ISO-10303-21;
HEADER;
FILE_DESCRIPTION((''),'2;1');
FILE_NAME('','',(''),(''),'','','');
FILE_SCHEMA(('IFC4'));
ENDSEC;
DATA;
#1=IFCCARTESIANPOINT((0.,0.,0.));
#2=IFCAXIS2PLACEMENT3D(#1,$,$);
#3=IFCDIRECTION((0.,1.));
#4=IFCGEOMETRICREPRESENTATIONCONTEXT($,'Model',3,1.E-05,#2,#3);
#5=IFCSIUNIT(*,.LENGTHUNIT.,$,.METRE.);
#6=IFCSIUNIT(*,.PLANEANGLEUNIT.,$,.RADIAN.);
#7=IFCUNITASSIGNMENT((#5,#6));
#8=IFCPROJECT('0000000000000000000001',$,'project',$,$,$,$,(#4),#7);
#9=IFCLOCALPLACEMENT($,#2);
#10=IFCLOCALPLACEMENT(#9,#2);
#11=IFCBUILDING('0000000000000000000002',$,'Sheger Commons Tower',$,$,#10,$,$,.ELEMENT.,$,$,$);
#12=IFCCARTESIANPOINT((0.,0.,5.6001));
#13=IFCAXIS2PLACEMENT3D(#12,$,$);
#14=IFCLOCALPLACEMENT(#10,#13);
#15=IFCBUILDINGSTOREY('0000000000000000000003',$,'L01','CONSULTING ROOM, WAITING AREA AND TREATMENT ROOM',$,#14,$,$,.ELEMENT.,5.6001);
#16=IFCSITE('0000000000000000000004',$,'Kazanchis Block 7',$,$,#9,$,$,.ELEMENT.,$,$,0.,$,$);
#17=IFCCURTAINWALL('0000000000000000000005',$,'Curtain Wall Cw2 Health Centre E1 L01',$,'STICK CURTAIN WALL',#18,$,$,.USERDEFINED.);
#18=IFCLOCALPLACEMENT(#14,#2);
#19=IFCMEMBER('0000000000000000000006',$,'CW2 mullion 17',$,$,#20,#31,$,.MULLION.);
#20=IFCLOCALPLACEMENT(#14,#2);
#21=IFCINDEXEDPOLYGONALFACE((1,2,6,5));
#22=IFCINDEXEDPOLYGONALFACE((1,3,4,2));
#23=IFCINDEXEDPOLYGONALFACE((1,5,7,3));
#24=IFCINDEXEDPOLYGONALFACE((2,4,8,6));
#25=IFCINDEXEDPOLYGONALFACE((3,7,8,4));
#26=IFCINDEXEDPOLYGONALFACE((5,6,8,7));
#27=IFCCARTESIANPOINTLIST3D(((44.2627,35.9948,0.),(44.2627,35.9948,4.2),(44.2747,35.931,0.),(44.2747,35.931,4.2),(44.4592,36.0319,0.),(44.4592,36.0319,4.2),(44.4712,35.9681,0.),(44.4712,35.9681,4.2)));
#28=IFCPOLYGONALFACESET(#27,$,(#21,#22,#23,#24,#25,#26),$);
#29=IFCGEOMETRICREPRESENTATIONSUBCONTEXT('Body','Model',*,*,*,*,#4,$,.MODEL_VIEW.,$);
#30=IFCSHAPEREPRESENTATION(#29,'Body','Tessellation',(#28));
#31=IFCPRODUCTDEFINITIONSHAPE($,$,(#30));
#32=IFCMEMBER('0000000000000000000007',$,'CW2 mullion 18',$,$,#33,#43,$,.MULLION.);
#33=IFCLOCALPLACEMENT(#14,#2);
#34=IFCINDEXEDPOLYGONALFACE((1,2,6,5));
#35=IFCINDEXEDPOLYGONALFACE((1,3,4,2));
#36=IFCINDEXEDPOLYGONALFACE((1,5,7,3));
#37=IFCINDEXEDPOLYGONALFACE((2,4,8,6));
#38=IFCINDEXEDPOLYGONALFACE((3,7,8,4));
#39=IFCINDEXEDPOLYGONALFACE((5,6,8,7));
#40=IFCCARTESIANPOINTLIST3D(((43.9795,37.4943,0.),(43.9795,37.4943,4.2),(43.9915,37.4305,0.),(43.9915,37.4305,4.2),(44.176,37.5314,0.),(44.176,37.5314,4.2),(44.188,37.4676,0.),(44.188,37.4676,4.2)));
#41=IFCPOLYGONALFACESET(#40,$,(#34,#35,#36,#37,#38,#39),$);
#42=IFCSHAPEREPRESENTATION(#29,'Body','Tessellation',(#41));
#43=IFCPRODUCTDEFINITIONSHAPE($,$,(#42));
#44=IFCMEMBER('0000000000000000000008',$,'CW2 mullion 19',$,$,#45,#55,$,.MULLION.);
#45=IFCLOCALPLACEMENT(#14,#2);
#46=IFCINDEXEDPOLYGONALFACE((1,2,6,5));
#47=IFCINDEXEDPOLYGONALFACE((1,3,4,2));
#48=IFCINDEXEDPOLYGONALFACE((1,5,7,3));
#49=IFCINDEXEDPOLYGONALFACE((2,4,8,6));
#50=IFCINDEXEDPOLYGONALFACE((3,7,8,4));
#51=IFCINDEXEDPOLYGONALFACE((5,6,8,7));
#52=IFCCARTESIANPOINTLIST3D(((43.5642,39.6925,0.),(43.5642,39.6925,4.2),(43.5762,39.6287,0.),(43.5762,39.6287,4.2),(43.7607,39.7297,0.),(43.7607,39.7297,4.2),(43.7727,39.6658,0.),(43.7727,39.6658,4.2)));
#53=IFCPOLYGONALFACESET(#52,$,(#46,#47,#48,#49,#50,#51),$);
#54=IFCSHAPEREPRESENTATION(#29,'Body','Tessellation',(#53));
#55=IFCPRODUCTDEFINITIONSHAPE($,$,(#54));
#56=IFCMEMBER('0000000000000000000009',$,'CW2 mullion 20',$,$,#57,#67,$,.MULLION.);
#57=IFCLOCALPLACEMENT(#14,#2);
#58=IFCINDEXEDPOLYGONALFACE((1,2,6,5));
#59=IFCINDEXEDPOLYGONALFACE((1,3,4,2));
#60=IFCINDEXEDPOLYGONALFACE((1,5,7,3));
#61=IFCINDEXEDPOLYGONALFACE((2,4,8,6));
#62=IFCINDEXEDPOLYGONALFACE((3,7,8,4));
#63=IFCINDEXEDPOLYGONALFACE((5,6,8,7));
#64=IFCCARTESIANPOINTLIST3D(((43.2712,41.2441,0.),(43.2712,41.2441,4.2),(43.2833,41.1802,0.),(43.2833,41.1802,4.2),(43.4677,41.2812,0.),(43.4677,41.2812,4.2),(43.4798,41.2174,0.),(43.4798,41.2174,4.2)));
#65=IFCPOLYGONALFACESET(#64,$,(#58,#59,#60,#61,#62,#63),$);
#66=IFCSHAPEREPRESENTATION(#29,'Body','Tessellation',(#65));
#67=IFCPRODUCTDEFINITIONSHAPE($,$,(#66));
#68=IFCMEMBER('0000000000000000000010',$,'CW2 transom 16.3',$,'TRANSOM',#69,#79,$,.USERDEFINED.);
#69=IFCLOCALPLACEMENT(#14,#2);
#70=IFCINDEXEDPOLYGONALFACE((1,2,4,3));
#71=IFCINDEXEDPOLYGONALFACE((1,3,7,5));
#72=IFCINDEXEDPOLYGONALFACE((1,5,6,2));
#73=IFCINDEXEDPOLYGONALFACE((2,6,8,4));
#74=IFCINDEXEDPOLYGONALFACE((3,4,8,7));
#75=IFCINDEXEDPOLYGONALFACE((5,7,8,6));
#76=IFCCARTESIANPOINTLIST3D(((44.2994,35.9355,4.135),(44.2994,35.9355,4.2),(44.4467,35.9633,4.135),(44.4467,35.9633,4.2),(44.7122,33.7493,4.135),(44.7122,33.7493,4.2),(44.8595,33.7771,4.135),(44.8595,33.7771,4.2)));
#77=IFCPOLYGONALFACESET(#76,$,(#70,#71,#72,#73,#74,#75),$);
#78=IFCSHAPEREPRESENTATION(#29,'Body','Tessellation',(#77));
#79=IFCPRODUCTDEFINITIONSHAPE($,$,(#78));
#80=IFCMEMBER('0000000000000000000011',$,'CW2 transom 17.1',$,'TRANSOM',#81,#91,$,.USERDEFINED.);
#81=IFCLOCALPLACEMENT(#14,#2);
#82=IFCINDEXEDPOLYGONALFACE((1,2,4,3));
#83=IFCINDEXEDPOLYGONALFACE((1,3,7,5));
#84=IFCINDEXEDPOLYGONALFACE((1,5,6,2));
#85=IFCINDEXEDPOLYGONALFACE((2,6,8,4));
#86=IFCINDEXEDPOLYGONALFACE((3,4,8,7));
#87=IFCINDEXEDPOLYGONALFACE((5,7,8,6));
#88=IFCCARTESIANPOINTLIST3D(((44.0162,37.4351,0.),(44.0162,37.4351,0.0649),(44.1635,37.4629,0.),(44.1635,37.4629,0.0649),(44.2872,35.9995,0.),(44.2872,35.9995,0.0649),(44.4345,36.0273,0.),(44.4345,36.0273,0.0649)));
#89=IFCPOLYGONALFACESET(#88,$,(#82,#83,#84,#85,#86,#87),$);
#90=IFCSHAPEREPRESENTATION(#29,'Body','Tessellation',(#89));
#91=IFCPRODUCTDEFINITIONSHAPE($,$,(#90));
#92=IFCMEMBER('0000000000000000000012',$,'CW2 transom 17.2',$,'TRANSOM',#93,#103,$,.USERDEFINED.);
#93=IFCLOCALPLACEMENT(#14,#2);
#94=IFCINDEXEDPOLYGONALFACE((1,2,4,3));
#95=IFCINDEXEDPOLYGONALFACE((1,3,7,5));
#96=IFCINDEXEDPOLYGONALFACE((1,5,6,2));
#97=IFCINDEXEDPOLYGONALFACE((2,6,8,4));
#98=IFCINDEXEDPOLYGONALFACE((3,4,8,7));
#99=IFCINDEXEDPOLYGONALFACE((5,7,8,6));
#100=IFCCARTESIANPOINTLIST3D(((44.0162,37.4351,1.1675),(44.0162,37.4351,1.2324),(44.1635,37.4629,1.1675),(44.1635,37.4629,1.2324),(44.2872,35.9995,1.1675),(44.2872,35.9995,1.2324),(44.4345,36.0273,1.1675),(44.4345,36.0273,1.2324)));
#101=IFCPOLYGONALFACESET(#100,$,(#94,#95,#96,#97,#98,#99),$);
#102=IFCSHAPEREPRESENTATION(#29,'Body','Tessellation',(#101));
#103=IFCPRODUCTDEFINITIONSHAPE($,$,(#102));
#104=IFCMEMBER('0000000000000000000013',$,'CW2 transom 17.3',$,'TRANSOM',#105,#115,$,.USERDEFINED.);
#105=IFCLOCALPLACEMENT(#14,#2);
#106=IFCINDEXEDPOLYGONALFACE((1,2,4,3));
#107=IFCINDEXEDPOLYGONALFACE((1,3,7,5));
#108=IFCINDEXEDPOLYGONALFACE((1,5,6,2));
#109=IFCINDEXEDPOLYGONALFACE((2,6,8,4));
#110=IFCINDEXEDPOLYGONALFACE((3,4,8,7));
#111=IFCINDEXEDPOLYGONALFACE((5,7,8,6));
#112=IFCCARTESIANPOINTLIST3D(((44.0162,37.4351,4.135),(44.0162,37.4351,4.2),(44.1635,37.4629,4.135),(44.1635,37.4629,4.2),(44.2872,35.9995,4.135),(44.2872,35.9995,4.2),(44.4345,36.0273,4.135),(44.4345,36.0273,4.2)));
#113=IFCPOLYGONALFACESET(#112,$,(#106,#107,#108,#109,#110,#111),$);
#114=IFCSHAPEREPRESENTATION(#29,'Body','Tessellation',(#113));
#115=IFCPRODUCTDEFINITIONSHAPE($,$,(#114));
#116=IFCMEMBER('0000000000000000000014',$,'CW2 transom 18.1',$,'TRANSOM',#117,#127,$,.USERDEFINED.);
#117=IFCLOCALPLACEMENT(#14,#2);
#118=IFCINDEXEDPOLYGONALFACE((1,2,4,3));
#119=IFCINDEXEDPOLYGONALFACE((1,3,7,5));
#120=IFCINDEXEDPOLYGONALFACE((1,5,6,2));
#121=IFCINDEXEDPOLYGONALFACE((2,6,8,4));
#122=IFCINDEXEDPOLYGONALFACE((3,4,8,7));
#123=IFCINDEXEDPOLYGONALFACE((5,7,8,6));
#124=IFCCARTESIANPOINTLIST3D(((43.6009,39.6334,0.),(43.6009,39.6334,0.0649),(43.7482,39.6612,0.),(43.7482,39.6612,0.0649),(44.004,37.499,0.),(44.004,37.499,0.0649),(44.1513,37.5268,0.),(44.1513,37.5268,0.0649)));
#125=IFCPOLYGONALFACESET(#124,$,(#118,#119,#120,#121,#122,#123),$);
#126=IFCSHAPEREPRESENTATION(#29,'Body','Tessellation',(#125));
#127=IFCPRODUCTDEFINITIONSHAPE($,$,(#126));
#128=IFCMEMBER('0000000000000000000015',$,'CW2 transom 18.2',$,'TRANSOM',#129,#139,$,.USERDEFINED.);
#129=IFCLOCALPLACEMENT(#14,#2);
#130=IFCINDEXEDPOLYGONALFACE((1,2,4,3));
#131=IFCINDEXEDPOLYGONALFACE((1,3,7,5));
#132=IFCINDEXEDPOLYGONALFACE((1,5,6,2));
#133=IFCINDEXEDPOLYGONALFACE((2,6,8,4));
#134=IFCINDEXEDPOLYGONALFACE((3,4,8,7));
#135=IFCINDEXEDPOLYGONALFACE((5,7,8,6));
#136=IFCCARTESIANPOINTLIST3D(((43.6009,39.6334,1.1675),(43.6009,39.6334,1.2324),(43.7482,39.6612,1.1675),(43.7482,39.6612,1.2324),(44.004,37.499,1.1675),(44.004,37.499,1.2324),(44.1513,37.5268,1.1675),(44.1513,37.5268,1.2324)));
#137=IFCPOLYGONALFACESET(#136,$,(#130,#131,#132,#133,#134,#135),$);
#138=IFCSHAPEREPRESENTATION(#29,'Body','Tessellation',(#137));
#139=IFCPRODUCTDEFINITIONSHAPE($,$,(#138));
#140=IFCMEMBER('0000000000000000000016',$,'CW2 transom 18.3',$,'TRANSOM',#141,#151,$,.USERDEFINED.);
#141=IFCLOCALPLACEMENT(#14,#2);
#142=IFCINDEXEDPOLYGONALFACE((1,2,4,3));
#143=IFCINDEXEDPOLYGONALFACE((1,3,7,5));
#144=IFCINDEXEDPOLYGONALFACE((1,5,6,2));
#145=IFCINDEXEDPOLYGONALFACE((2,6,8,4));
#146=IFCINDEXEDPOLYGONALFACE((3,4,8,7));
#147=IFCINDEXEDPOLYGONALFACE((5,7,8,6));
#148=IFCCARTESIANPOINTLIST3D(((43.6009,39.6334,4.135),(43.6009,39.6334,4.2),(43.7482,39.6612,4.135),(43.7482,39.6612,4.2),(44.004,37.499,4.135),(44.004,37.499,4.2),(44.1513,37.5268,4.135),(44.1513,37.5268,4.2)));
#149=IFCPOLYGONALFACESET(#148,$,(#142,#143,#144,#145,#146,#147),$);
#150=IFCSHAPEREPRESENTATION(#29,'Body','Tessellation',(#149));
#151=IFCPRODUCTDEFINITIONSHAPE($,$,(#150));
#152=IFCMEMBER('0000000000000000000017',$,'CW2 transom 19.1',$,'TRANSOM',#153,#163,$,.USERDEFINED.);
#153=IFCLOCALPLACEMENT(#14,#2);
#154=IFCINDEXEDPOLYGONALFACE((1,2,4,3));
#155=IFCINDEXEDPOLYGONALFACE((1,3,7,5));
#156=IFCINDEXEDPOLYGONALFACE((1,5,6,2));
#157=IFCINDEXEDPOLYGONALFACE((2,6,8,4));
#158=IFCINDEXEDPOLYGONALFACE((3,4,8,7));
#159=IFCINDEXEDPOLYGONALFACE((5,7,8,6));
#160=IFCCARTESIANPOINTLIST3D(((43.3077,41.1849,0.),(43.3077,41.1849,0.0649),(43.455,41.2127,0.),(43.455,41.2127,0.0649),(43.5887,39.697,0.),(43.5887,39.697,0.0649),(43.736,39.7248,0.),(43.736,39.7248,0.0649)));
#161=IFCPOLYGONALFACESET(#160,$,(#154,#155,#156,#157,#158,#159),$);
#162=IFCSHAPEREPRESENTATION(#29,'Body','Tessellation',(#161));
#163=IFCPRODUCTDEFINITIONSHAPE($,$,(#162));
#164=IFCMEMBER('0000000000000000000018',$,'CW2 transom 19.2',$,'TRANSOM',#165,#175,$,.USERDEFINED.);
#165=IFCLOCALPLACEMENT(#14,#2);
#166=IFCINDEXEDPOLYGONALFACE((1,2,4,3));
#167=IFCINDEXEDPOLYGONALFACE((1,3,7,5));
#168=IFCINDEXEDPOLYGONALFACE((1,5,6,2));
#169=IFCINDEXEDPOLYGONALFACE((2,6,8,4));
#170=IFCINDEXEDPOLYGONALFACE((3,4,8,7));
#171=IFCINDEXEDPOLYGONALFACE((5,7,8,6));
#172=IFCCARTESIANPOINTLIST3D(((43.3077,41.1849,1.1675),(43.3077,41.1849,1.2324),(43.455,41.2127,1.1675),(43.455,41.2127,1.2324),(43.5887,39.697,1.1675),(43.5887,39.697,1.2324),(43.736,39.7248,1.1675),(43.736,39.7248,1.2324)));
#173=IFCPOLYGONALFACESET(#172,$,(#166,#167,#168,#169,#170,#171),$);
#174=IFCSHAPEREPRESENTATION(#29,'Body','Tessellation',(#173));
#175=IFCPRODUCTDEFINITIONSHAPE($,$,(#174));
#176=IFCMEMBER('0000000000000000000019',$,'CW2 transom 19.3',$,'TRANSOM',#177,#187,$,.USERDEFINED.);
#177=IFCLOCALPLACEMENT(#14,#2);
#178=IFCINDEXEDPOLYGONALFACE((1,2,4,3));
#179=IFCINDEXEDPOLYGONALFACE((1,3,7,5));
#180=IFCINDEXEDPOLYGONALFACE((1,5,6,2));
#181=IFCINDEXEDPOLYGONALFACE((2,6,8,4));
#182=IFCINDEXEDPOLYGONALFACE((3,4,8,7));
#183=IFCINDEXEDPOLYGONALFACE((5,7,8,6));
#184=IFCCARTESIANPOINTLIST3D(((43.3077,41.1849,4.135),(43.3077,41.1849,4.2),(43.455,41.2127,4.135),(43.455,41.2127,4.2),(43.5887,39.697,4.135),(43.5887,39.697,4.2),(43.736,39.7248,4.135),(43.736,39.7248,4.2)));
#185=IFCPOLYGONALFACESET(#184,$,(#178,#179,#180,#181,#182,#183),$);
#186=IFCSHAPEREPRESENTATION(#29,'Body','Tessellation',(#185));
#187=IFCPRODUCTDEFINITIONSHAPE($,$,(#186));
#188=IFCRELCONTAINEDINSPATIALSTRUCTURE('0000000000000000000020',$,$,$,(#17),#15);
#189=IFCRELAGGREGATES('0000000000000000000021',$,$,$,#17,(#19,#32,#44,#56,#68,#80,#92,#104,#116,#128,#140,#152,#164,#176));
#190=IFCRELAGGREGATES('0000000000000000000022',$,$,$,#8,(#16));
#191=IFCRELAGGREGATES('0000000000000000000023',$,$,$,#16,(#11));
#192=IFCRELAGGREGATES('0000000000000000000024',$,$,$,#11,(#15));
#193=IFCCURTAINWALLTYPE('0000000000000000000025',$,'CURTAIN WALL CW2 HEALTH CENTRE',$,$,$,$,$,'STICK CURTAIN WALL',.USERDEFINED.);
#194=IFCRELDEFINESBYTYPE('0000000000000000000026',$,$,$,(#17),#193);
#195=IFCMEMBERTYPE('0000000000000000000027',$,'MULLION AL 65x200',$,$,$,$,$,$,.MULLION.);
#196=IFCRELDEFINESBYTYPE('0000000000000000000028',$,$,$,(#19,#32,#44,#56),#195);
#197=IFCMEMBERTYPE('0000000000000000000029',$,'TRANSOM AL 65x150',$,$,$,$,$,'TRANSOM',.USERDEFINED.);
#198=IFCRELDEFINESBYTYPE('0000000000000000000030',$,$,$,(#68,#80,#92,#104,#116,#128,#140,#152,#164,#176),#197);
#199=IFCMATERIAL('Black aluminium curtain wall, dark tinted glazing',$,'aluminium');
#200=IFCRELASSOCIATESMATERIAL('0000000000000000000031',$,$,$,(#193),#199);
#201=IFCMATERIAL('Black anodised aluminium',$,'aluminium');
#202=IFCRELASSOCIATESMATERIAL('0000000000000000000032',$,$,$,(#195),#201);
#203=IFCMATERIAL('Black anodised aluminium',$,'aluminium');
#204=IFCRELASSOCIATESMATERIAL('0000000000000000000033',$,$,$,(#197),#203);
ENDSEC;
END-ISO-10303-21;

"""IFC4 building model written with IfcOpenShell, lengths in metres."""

from ifc_helpers import new_model, si_unit, direction, frame, origin, origin_2d, place, context, subcontext, project, spatial, rectangle, extrude, material, material_profile, profile_set, type_object, element, aggregate, save


model = new_model("IFC4")

# Units and contexts
model_context = context("Model", 3, precision=1e-05, world=origin(), true_north=direction((0.0, 1.0)))
body_context = subcontext(model_context, "Body", "Model", "MODEL_VIEW")
ifc_project = project(units=[si_unit("LENGTHUNIT", "METRE"), si_unit("PLANEANGLEUNIT", "RADIAN")], contexts=[model_context])

# Site, building, storey
site_placement = place(None, origin())
site = spatial("IfcSite", under=ifc_project, at=site_placement, Name="Kazanchis Block 7", CompositionType="ELEMENT", RefElevation=0.0)
building_placement = place(site_placement, origin())
building = spatial("IfcBuilding", under=site, at=building_placement, Name="Sheger Commons Tower", CompositionType="ELEMENT")
storey_placement = place(building_placement, frame((0.0, 0.0, 5.6001)))
storey = spatial("IfcBuildingStorey", under=building, at=storey_placement, Name="L01", Description="CONSULTING ROOM, WAITING AREA AND TREATMENT ROOM", CompositionType="ELEMENT", Elevation=5.6001)

# Curtain wall, members
ifc_material_1 = material(Name="Black aluminium curtain wall, dark tinted glazing", Category="aluminium")
curtain_wall_type = type_object("IfcCurtainWallType", Name="CURTAIN WALL CW2 HEALTH CENTRE", ElementType="STICK CURTAIN WALL", PredefinedType="USERDEFINED", material=ifc_material_1)
curtain_wall_placement = place(storey_placement, origin())
curtain_wall = element("IfcCurtainWall", 1, at=curtain_wall_placement, inside=storey, type_object=curtain_wall_type, Name="Curtain Wall Cw2 Health Centre E1 L01", ObjectType="STICK CURTAIN WALL", PredefinedType="USERDEFINED")
ifc_material_2 = material(Name="Black anodised aluminium", Category="aluminium")
ifc_material_profile_1 = material_profile(ifc_material_2, rectangle(XDim=0.2, YDim=0.0649, at=origin_2d()), Name="AL 65x200")
ifc_profile_set_1 = profile_set([ifc_material_profile_1], Name="Black anodised aluminium")
member_type_1 = type_object("IfcMemberType", Name="MULLION AL 65x200", PredefinedType="MULLION", material=ifc_profile_set_1)
member_1_placement = place(storey_placement, frame((44.3669, 35.9814, 0.0), z_axis=(0.0, 0.0, 1.0), x_axis=(-0.982624, -0.18561, 0.0)))
member_1 = element("IfcMember", 2, at=member_1_placement, type_object=member_type_1, Name="CW2 mullion 17", PredefinedType="MULLION", context=body_context, shape_type="SweptSolid", body=[
    extrude(rectangle(XDim=0.2, YDim=0.0649, at=origin_2d()), origin(), (0.0, 0.0, 1.0), 4.2),
])
member_2_placement = place(storey_placement, frame((44.0837, 37.481, 0.0), z_axis=(0.0, 0.0, 1.0), x_axis=(-0.982624, -0.18561, 0.0)))
member_2 = element("IfcMember", 3, at=member_2_placement, type_object=member_type_1, Name="CW2 mullion 18", PredefinedType="MULLION", context=body_context, shape_type="SweptSolid", body=[
    extrude(rectangle(XDim=0.2, YDim=0.0649, at=origin_2d()), origin(), (0.0, 0.0, 1.0), 4.2),
])
member_3_placement = place(storey_placement, frame((43.6685, 39.6792, 0.0), z_axis=(0.0, 0.0, 1.0), x_axis=(-0.982624, -0.18561, 0.0)))
member_3 = element("IfcMember", 4, at=member_3_placement, type_object=member_type_1, Name="CW2 mullion 19", PredefinedType="MULLION", context=body_context, shape_type="SweptSolid", body=[
    extrude(rectangle(XDim=0.2, YDim=0.0649, at=origin_2d()), origin(), (0.0, 0.0, 1.0), 4.2),
])
member_4_placement = place(storey_placement, frame((43.3755, 41.2307, 0.0), z_axis=(0.0, 0.0, 1.0), x_axis=(-0.982624, -0.18561, 0.0)))
member_4 = element("IfcMember", 5, at=member_4_placement, type_object=member_type_1, Name="CW2 mullion 20", PredefinedType="MULLION", context=body_context, shape_type="SweptSolid", body=[
    extrude(rectangle(XDim=0.2, YDim=0.0649, at=origin_2d()), origin(), (0.0, 0.0, 1.0), 4.2),
])
ifc_material_3 = material(Name="Black anodised aluminium", Category="aluminium")
ifc_material_profile_2 = material_profile(ifc_material_3, rectangle(XDim=0.1499, YDim=0.0649, at=origin_2d()), Name="AL 65x150")
ifc_profile_set_2 = profile_set([ifc_material_profile_2], Name="Black anodised aluminium")
member_type_2 = type_object("IfcMemberType", Name="TRANSOM AL 65x150", ElementType="TRANSOM", PredefinedType="USERDEFINED", material=ifc_profile_set_2)
member_5_placement = place(storey_placement, frame((44.7859, 33.7632, 4.1675), z_axis=(-0.185554, 0.982634, 0.0), x_axis=(-0.982634, -0.185554, 0.0)))
member_5 = element("IfcMember", 6, at=member_5_placement, type_object=member_type_2, Name="CW2 transom 16.3", ObjectType="TRANSOM", PredefinedType="USERDEFINED", context=body_context, shape_type="SweptSolid", body=[
    extrude(rectangle(XDim=0.1499, YDim=0.0649, at=origin_2d()), origin(), (0.0, 0.0, 1.0), 2.2249),
])
member_6_placement = place(storey_placement, frame((44.3608, 36.0134, 0.0325), z_axis=(-0.185499, 0.982644, 0.0), x_axis=(-0.982644, -0.185499, 0.0)))
member_6 = element("IfcMember", 7, at=member_6_placement, type_object=member_type_2, Name="CW2 transom 17.1", ObjectType="TRANSOM", PredefinedType="USERDEFINED", context=body_context, shape_type="SweptSolid", body=[
    extrude(rectangle(XDim=0.1499, YDim=0.0649, at=origin_2d()), origin(), (0.0, 0.0, 1.0), 1.4609),
])
member_7_placement = place(storey_placement, frame((44.3608, 36.0134, 1.2), z_axis=(-0.185499, 0.982644, 0.0), x_axis=(-0.982644, -0.185499, 0.0)))
member_7 = element("IfcMember", 8, at=member_7_placement, type_object=member_type_2, Name="CW2 transom 17.2", ObjectType="TRANSOM", PredefinedType="USERDEFINED", context=body_context, shape_type="SweptSolid", body=[
    extrude(rectangle(XDim=0.1499, YDim=0.0649, at=origin_2d()), origin(), (0.0, 0.0, 1.0), 1.4609),
])
member_8_placement = place(storey_placement, frame((44.3608, 36.0134, 4.1675), z_axis=(-0.185499, 0.982644, 0.0), x_axis=(-0.982644, -0.185499, 0.0)))
member_8 = element("IfcMember", 9, at=member_8_placement, type_object=member_type_2, Name="CW2 transom 17.3", ObjectType="TRANSOM", PredefinedType="USERDEFINED", context=body_context, shape_type="SweptSolid", body=[
    extrude(rectangle(XDim=0.1499, YDim=0.0649, at=origin_2d()), origin(), (0.0, 0.0, 1.0), 1.4609),
])
member_9_placement = place(storey_placement, frame((44.0776, 37.5129, 0.0325), z_axis=(-0.185578, 0.98263, 0.0), x_axis=(-0.98263, -0.185578, 0.0)))
member_9 = element("IfcMember", 10, at=member_9_placement, type_object=member_type_2, Name="CW2 transom 18.1", ObjectType="TRANSOM", PredefinedType="USERDEFINED", context=body_context, shape_type="SweptSolid", body=[
    extrude(rectangle(XDim=0.1499, YDim=0.0649, at=origin_2d()), origin(), (0.0, 0.0, 1.0), 2.1721),
])
member_10_placement = place(storey_placement, frame((44.0776, 37.5129, 1.2), z_axis=(-0.185578, 0.98263, 0.0), x_axis=(-0.98263, -0.185578, 0.0)))
member_10 = element("IfcMember", 11, at=member_10_placement, type_object=member_type_2, Name="CW2 transom 18.2", ObjectType="TRANSOM", PredefinedType="USERDEFINED", context=body_context, shape_type="SweptSolid", body=[
    extrude(rectangle(XDim=0.1499, YDim=0.0649, at=origin_2d()), origin(), (0.0, 0.0, 1.0), 2.1721),
])
member_11_placement = place(storey_placement, frame((44.0776, 37.5129, 4.1675), z_axis=(-0.185578, 0.98263, 0.0), x_axis=(-0.98263, -0.185578, 0.0)))
member_11 = element("IfcMember", 12, at=member_11_placement, type_object=member_type_2, Name="CW2 transom 18.3", ObjectType="TRANSOM", PredefinedType="USERDEFINED", context=body_context, shape_type="SweptSolid", body=[
    extrude(rectangle(XDim=0.1499, YDim=0.0649, at=origin_2d()), origin(), (0.0, 0.0, 1.0), 2.1721),
])
member_12_placement = place(storey_placement, frame((43.6624, 39.7109, 0.0325), z_axis=(-0.185593, 0.982627, 0.0), x_axis=(-0.982627, -0.185593, 0.0)))
member_12 = element("IfcMember", 13, at=member_12_placement, type_object=member_type_2, Name="CW2 transom 19.1", ObjectType="TRANSOM", PredefinedType="USERDEFINED", context=body_context, shape_type="SweptSolid", body=[
    extrude(rectangle(XDim=0.1499, YDim=0.0649, at=origin_2d()), origin(), (0.0, 0.0, 1.0), 1.5142),
])
member_13_placement = place(storey_placement, frame((43.6624, 39.7109, 1.2), z_axis=(-0.185593, 0.982627, 0.0), x_axis=(-0.982627, -0.185593, 0.0)))
member_13 = element("IfcMember", 14, at=member_13_placement, type_object=member_type_2, Name="CW2 transom 19.2", ObjectType="TRANSOM", PredefinedType="USERDEFINED", context=body_context, shape_type="SweptSolid", body=[
    extrude(rectangle(XDim=0.1499, YDim=0.0649, at=origin_2d()), origin(), (0.0, 0.0, 1.0), 1.5142),
])
member_14_placement = place(storey_placement, frame((43.6624, 39.7109, 4.1675), z_axis=(-0.185593, 0.982627, 0.0), x_axis=(-0.982627, -0.185593, 0.0)))
member_14 = element("IfcMember", 15, at=member_14_placement, type_object=member_type_2, Name="CW2 transom 19.3", ObjectType="TRANSOM", PredefinedType="USERDEFINED", context=body_context, shape_type="SweptSolid", body=[
    extrude(rectangle(XDim=0.1499, YDim=0.0649, at=origin_2d()), origin(), (0.0, 0.0, 1.0), 1.5142),
])
aggregate(curtain_wall, [member_1, member_2, member_3, member_4, member_5, member_6, member_7, member_8, member_9, member_10, member_11, member_12, member_13, member_14])

save(model, "model.ifc")
